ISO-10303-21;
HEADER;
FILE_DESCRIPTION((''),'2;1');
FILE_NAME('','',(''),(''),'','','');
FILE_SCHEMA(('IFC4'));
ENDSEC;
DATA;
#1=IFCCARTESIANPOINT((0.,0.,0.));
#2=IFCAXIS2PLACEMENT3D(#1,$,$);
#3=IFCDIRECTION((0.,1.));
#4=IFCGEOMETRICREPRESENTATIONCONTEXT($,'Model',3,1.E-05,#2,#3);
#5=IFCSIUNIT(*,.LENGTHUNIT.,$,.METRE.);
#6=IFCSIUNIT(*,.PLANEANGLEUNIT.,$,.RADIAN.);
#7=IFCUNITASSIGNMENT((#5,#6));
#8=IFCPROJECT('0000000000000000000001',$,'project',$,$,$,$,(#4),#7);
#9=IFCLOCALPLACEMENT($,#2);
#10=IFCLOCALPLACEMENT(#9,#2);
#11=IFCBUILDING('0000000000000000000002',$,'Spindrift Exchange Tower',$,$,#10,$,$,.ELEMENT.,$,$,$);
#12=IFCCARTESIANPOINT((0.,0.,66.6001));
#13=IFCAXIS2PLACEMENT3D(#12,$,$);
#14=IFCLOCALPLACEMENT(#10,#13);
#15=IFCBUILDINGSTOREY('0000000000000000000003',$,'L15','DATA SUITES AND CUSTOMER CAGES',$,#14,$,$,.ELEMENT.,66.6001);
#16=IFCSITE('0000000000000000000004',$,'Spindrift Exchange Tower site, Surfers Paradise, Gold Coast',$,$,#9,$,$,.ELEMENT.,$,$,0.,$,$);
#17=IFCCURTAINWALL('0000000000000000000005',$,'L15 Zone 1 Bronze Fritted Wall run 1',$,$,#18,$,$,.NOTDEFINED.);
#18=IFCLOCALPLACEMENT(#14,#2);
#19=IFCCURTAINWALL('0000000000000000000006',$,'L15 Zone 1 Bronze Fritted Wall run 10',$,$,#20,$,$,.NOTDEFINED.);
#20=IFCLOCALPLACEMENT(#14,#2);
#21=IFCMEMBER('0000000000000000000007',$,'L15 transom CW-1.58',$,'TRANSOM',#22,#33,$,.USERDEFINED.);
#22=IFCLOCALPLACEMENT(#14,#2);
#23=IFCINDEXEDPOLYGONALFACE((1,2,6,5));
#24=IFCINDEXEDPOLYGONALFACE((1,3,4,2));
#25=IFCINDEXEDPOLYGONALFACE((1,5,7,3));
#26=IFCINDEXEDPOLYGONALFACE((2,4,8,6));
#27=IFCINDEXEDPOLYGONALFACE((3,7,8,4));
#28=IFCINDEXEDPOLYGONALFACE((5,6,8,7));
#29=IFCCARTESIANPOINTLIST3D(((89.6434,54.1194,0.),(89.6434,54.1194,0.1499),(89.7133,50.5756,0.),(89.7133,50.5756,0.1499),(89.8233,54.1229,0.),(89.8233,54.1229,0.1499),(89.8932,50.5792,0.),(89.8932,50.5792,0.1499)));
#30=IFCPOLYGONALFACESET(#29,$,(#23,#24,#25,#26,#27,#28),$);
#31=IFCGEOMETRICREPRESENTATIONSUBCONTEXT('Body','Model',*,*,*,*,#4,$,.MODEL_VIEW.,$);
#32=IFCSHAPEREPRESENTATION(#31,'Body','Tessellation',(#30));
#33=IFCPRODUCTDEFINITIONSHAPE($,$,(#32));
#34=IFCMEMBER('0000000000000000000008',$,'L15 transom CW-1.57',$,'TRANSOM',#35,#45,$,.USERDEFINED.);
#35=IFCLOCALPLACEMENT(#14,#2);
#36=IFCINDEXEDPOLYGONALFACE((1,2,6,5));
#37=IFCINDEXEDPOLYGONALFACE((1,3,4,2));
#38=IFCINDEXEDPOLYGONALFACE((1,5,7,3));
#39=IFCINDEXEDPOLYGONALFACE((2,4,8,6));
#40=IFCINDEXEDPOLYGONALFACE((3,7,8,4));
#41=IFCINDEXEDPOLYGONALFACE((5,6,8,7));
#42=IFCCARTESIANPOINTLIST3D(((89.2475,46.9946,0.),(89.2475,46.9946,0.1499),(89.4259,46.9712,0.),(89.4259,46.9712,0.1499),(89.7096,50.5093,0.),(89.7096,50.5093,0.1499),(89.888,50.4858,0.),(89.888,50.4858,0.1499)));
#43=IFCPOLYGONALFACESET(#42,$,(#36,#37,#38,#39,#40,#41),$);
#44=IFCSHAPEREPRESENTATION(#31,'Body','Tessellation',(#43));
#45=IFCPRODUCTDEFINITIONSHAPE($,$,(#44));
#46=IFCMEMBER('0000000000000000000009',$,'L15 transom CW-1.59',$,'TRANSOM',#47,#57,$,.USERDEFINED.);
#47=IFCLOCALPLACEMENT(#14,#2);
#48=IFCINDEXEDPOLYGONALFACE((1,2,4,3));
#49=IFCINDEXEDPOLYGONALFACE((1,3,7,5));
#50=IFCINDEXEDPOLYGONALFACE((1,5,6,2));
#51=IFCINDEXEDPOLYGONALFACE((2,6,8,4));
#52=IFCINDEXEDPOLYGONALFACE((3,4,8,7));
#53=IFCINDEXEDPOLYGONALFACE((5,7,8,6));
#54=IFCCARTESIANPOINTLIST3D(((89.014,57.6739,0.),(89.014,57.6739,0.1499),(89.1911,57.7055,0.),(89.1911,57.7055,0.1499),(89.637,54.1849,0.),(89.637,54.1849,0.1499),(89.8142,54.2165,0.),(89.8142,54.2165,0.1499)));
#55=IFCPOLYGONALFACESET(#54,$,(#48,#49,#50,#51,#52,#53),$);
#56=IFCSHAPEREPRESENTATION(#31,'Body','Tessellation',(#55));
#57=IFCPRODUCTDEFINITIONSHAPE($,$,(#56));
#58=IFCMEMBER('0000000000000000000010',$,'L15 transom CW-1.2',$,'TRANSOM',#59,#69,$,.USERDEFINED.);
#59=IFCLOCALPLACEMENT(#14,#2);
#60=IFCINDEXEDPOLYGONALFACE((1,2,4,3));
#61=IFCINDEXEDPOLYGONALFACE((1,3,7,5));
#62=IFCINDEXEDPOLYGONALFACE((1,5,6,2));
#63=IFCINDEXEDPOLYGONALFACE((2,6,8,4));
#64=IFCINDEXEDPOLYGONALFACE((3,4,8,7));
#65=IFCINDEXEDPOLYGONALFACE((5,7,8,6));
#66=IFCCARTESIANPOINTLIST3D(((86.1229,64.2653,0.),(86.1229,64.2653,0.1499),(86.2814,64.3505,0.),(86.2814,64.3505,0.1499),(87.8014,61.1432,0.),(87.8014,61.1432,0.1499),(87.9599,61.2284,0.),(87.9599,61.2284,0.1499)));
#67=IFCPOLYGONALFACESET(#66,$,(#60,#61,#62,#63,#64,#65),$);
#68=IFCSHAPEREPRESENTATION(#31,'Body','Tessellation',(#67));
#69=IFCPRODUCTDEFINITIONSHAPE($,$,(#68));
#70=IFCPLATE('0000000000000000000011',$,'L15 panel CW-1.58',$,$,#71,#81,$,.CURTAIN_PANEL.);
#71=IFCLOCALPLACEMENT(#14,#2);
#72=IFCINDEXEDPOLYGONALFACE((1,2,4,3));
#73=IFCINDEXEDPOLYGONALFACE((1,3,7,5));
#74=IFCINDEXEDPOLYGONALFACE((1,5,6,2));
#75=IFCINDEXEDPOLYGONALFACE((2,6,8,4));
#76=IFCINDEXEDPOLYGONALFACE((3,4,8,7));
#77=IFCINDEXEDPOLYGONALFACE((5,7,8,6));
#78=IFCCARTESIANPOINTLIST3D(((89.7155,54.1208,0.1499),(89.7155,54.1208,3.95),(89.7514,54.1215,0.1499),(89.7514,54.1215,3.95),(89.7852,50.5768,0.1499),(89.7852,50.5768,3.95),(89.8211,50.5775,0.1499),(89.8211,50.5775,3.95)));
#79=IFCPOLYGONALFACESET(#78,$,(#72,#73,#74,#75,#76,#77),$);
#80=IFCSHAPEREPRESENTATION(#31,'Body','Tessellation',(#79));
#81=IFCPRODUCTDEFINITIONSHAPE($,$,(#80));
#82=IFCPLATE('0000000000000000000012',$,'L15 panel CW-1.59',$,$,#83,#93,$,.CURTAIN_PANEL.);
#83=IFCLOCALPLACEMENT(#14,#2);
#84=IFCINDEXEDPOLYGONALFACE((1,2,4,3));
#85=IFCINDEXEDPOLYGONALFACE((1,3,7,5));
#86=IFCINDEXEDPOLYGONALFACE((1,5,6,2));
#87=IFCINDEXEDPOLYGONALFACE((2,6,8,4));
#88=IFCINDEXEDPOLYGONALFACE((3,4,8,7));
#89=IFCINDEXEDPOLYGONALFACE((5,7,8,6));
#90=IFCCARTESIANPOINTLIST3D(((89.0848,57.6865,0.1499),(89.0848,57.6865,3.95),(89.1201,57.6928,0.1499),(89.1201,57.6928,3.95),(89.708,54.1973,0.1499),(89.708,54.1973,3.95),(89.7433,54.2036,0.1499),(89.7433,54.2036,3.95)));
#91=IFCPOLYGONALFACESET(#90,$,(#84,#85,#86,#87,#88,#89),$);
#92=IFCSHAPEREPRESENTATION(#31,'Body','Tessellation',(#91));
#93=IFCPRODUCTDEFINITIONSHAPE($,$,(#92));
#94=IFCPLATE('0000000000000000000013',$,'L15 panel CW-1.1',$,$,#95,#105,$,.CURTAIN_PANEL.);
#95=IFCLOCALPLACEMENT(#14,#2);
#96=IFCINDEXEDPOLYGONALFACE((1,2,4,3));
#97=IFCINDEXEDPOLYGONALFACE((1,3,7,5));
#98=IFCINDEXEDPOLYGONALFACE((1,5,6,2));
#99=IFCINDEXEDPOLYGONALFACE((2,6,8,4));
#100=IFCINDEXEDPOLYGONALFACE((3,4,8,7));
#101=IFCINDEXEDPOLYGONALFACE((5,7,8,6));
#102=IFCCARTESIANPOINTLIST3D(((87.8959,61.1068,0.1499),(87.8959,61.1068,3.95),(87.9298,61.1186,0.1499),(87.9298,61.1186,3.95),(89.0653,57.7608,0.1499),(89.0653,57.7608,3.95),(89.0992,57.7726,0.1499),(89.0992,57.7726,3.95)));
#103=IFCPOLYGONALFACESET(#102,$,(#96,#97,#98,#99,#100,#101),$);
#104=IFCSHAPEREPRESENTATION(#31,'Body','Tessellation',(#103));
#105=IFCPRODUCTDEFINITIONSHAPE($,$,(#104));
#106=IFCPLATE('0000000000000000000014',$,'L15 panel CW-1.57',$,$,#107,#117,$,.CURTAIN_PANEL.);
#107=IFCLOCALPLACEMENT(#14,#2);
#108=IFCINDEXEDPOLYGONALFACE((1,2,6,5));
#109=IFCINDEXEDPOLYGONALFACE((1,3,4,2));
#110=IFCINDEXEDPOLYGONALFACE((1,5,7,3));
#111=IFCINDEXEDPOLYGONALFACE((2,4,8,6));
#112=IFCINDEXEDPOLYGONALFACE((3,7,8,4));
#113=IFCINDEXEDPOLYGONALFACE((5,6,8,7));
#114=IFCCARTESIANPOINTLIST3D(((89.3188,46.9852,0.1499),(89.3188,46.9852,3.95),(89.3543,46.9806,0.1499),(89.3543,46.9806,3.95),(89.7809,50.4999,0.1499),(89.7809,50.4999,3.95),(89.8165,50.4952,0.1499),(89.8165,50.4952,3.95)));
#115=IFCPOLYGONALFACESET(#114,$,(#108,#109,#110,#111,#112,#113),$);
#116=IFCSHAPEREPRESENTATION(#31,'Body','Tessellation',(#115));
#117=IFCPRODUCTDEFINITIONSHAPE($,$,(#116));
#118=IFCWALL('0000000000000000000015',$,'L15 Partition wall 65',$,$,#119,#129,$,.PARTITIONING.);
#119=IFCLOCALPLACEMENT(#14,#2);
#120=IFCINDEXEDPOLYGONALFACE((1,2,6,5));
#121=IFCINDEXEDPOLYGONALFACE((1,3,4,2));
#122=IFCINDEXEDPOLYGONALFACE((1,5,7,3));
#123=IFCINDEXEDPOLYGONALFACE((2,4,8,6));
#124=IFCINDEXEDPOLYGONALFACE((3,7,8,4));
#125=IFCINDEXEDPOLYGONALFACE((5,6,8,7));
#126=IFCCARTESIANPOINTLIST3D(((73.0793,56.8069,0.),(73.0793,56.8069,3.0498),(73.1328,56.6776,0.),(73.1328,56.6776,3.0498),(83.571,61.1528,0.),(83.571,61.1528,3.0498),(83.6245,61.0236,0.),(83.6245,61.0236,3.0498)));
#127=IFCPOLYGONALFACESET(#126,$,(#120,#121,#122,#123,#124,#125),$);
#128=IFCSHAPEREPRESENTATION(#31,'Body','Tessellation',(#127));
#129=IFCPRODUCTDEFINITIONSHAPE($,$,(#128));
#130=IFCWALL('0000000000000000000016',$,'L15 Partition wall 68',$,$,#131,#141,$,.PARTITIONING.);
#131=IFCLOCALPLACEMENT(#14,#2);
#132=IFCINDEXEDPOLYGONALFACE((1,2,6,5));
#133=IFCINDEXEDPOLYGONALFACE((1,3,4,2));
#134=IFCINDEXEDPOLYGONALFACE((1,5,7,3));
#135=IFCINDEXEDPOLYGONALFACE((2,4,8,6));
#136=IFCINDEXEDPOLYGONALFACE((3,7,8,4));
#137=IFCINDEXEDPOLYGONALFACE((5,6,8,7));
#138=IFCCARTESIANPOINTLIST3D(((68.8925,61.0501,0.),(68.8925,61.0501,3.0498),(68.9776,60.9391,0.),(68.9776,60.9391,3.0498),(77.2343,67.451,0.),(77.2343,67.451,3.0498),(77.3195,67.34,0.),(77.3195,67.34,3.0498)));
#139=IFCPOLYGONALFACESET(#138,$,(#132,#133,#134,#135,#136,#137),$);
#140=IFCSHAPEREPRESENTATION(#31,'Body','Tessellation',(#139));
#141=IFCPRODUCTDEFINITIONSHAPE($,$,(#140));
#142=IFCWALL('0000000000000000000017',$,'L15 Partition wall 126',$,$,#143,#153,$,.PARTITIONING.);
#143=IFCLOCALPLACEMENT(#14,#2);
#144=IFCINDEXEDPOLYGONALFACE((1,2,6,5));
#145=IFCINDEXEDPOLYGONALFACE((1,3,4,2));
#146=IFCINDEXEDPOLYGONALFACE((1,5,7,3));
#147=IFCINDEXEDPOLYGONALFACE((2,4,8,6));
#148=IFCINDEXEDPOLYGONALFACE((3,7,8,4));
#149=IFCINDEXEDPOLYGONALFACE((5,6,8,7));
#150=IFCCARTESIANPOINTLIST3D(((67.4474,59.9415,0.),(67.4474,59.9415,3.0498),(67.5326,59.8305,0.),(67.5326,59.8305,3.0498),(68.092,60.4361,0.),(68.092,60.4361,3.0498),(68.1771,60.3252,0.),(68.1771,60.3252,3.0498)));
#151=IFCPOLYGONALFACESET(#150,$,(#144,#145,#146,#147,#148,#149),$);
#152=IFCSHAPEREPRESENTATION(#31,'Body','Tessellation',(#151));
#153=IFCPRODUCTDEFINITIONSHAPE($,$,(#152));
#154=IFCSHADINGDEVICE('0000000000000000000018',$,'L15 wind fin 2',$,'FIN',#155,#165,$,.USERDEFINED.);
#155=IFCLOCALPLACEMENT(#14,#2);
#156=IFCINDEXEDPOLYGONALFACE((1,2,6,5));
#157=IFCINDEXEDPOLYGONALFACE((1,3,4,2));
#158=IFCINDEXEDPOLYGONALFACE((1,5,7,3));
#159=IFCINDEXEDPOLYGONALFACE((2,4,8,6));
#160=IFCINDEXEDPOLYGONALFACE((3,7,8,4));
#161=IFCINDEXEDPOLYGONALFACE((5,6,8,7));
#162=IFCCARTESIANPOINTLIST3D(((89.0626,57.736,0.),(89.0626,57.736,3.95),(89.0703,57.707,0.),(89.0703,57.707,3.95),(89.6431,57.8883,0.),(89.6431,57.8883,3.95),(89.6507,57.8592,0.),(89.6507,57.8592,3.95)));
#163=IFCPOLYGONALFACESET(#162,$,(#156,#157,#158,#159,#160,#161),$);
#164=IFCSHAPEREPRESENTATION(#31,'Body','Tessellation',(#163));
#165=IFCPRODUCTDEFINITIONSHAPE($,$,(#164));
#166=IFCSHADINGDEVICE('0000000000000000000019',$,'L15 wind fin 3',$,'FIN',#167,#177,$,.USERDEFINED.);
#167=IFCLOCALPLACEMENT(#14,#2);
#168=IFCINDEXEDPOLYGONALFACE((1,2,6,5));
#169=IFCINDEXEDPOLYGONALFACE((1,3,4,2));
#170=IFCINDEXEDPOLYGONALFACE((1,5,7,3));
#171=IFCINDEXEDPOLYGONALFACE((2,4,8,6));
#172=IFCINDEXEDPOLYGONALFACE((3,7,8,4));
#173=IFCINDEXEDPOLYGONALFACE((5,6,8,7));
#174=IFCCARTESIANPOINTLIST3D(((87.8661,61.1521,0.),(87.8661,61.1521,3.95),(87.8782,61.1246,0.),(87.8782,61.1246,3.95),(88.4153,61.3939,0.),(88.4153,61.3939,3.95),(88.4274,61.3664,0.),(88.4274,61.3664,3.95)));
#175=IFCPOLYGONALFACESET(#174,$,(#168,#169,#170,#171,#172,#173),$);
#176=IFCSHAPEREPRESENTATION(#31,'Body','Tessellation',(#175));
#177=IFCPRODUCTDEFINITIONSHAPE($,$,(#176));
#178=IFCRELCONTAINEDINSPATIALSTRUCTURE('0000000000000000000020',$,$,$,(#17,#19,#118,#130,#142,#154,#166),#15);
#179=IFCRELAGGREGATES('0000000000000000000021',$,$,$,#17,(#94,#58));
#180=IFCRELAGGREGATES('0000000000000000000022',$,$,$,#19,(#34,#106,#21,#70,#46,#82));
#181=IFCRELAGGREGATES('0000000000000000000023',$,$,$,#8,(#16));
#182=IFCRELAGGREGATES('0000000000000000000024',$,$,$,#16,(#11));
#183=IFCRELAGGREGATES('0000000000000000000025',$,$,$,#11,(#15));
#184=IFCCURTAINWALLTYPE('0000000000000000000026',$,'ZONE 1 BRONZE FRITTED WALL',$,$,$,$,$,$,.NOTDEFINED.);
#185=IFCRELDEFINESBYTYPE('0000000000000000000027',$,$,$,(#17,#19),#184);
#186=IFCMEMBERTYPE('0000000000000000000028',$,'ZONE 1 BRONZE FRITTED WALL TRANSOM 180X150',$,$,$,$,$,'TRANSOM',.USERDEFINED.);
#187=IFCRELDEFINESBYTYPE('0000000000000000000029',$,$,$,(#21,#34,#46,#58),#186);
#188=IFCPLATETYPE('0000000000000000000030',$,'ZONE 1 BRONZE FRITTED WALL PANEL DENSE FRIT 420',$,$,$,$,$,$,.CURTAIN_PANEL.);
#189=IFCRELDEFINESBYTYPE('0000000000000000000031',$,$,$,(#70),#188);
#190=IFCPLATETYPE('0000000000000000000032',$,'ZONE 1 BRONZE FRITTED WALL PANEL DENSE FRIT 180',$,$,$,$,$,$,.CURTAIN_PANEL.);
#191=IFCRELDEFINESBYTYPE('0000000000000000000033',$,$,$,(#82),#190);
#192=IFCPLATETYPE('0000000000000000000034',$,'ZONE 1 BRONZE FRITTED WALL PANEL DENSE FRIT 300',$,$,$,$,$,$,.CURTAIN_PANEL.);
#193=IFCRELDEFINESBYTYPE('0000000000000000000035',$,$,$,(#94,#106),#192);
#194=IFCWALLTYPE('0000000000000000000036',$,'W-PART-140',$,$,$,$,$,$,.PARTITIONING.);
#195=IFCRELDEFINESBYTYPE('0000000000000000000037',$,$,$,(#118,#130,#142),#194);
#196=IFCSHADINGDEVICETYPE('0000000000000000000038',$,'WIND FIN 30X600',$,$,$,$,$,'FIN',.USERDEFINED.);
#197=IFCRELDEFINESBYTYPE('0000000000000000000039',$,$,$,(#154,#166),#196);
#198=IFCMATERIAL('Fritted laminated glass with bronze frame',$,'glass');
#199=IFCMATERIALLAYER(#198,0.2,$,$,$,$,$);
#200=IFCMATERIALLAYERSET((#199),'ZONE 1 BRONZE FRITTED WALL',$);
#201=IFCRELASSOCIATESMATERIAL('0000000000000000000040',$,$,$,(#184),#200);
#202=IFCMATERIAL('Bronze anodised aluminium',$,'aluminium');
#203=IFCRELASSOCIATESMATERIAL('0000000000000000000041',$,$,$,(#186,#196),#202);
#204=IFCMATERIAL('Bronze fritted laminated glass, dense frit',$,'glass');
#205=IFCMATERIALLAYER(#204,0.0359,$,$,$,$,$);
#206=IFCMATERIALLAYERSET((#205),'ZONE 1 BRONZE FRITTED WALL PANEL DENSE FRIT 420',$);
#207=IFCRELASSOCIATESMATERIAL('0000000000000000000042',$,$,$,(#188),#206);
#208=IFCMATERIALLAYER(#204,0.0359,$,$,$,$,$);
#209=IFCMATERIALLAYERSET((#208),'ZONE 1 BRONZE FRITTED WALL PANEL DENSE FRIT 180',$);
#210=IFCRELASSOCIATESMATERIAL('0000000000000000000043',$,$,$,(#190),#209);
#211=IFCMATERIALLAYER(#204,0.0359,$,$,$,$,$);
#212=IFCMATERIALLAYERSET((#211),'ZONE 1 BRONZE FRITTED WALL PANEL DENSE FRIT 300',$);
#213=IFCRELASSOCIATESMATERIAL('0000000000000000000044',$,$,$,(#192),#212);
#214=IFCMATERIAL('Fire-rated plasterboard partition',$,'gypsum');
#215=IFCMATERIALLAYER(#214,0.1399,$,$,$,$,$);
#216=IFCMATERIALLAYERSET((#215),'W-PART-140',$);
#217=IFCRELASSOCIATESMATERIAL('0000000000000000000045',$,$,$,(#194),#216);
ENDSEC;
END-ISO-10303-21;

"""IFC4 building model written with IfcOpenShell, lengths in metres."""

from ifc_helpers import new_model, si_unit, direction, frame, frame_2d, origin, origin_2d, place, context, subcontext, project, spatial, rectangle, extrude, source, transform, mapped, material, layer, layer_set, material_profile, profile_set, type_object, element, aggregate, save


model = new_model("IFC4")

# Units and contexts
model_context = context("Model", 3, precision=1e-05, world=origin(), true_north=direction((0.0, 1.0)))
body_context = subcontext(model_context, "Body", "Model", "MODEL_VIEW")
ifc_project = project(units=[si_unit("LENGTHUNIT", "METRE"), si_unit("PLANEANGLEUNIT", "RADIAN")], contexts=[model_context])

# Site, building, storey
site_placement = place(None, origin())
site = spatial("IfcSite", under=ifc_project, at=site_placement, Name="Spindrift Exchange Tower site, Surfers Paradise, Gold Coast", CompositionType="ELEMENT", RefElevation=0.0)
building_placement = place(site_placement, origin())
building = spatial("IfcBuilding", under=site, at=building_placement, Name="Spindrift Exchange Tower", CompositionType="ELEMENT")
storey_placement = place(building_placement, frame((0.0, 0.0, 66.6001)))
storey = spatial("IfcBuildingStorey", under=building, at=storey_placement, Name="L15", Description="DATA SUITES AND CUSTOMER CAGES", CompositionType="ELEMENT", Elevation=66.6001)

# Curtain walls
ifc_material_1 = material(Name="Fritted laminated glass with bronze frame", Category="glass")
ifc_layer_1 = layer(ifc_material_1, 0.2)
ifc_layer_set_1 = layer_set([ifc_layer_1], Name="ZONE 1 BRONZE FRITTED WALL")
curtain_wall_type = type_object("IfcCurtainWallType", Name="ZONE 1 BRONZE FRITTED WALL", PredefinedType="NOTDEFINED", material=ifc_layer_set_1)
curtain_wall_1_placement = place(storey_placement, origin())
curtain_wall_1 = element("IfcCurtainWall", 1, at=curtain_wall_1_placement, inside=storey, type_object=curtain_wall_type, Name="L15 Zone 1 Bronze Fritted Wall run 1", PredefinedType="NOTDEFINED")
ifc_material_2 = material(Name="Bronze anodised aluminium", Category="aluminium")
curtain_wall_2_placement = place(storey_placement, origin())
curtain_wall_2 = element("IfcCurtainWall", 2, at=curtain_wall_2_placement, inside=storey, type_object=curtain_wall_type, Name="L15 Zone 1 Bronze Fritted Wall run 10", PredefinedType="NOTDEFINED")

# Members
ifc_material_profile_1 = material_profile(ifc_material_2, rectangle(XDim=0.1799, YDim=0.1499, at=origin_2d()), Name="ZONE 1 BRONZE FRITTED WALL TRANSOM 180X150")
ifc_profile_set_1 = profile_set([ifc_material_profile_1], Name="Bronze anodised aluminium")
member_type_1 = type_object("IfcMemberType", Name="ZONE 1 BRONZE FRITTED WALL TRANSOM 180X150", ElementType="TRANSOM", PredefinedType="USERDEFINED", material=ifc_profile_set_1)
shared_shape_1 = source(origin(), body_context, "Body", "SweptSolid", [
    extrude(rectangle(XDim=0.1799, YDim=0.1499, at=origin_2d()), origin(), (0.0, 0.0, 1.0), 3.5444),
])
member_1_placement = place(storey_placement, frame((89.8032, 50.5774, 0.075), z_axis=(-0.0197, 0.999806, 0.0), x_axis=(-0.999806, -0.0197, 0.0)))
member_1 = element("IfcMember", 3, at=member_1_placement, type_object=member_type_1, Name="L15 transom CW-1.58", ObjectType="TRANSOM", PredefinedType="USERDEFINED", context=body_context, shape_type="MappedRepresentation", body=[
    mapped(shared_shape_1, transform((0.0, 0.0, 0.0), scale=1.0)),
])
shared_shape_2 = source(origin(), body_context, "Body", "SweptSolid", [
    extrude(rectangle(XDim=0.1799, YDim=0.1499, at=origin_2d()), origin(), (0.0, 0.0, 1.0), 3.5449),
])
member_2_placement = place(storey_placement, frame((89.3367, 46.9829, 0.075), z_axis=(0.130373, 0.991465, 0.0), x_axis=(-0.991465, 0.130373, 0.0)))
member_2 = element("IfcMember", 4, at=member_2_placement, type_object=member_type_1, Name="L15 transom CW-1.57", ObjectType="TRANSOM", PredefinedType="USERDEFINED", context=body_context, shape_type="MappedRepresentation", body=[
    mapped(shared_shape_2, transform((0.0, 0.0, 0.0), scale=1.0)),
])
shared_shape_3 = source(origin(), body_context, "Body", "SweptSolid", [
    extrude(rectangle(XDim=0.1799, YDim=0.1499, at=origin_2d()), origin(), (0.0, 0.0, 1.0), 3.5442),
])
member_3_placement = place(storey_placement, frame((89.7256, 54.2007, 0.075), z_axis=(-0.175793, 0.984427, 0.0), x_axis=(-0.984427, -0.175793, 0.0)))
member_3 = element("IfcMember", 5, at=member_3_placement, type_object=member_type_1, Name="L15 transom CW-1.59", ObjectType="TRANSOM", PredefinedType="USERDEFINED", context=body_context, shape_type="MappedRepresentation", body=[
    mapped(shared_shape_3, transform((0.0, 0.0, 0.0), scale=1.0)),
])
shared_shape_4 = source(origin(), body_context, "Body", "SweptSolid", [
    extrude(rectangle(XDim=0.1799, YDim=0.1499, at=origin_2d()), origin(), (0.0, 0.0, 1.0), 3.5447),
])
member_4_placement = place(storey_placement, frame((87.8806, 61.1858, 0.075), z_axis=(-0.473521, 0.880783, 0.0), x_axis=(-0.880783, -0.473521, 0.0)))
member_4 = element("IfcMember", 6, at=member_4_placement, type_object=member_type_1, Name="L15 transom CW-1.2", ObjectType="TRANSOM", PredefinedType="USERDEFINED", context=body_context, shape_type="MappedRepresentation", body=[
    mapped(shared_shape_4, transform((0.0, 0.0, 0.0), scale=1.0)),
])

# Plates
ifc_material_3 = material(Name="Bronze fritted laminated glass, dense frit", Category="glass")
ifc_layer_2 = layer(ifc_material_3, 0.0359)
ifc_layer_set_2 = layer_set([ifc_layer_2], Name="ZONE 1 BRONZE FRITTED WALL PANEL DENSE FRIT 420")
plate_type_1 = type_object("IfcPlateType", Name="ZONE 1 BRONZE FRITTED WALL PANEL DENSE FRIT 420", PredefinedType="CURTAIN_PANEL", material=ifc_layer_set_2)
shared_shape_5 = source(origin(), body_context, "Body", "SweptSolid", [
    extrude(rectangle(XDim=3.5447, YDim=0.0359, at=origin_2d()), origin(), (0.0, 0.0, 1.0), 3.8),
])
plate_1_placement = place(storey_placement, frame((89.7683, 52.3491, 0.1499), z_axis=(0.0, 0.0, 1.0), x_axis=(-0.01967, 0.999807, 0.0)))
plate_1 = element("IfcPlate", 7, at=plate_1_placement, type_object=plate_type_1, Name="L15 panel CW-1.58", PredefinedType="CURTAIN_PANEL", context=body_context, shape_type="MappedRepresentation", body=[
    mapped(shared_shape_5, transform((0.0, 0.0, 0.0), scale=1.0)),
])
ifc_layer_3 = layer(ifc_material_3, 0.0359)
ifc_layer_set_3 = layer_set([ifc_layer_3], Name="ZONE 1 BRONZE FRITTED WALL PANEL DENSE FRIT 180")
plate_type_2 = type_object("IfcPlateType", Name="ZONE 1 BRONZE FRITTED WALL PANEL DENSE FRIT 180", PredefinedType="CURTAIN_PANEL", material=ifc_layer_set_3)
shared_shape_6 = source(origin(), body_context, "Body", "SweptSolid", [
    extrude(rectangle(XDim=3.5444, YDim=0.0359, at=origin_2d()), origin(), (0.0, 0.0, 1.0), 3.8),
])
plate_2_placement = place(storey_placement, frame((89.4141, 55.9451, 0.1499), z_axis=(0.0, 0.0, 1.0), x_axis=(-0.175838, 0.984419, 0.0)))
plate_2 = element("IfcPlate", 8, at=plate_2_placement, type_object=plate_type_2, Name="L15 panel CW-1.59", PredefinedType="CURTAIN_PANEL", context=body_context, shape_type="MappedRepresentation", body=[
    mapped(shared_shape_6, transform((0.0, 0.0, 0.0), scale=1.0)),
])
ifc_layer_4 = layer(ifc_material_3, 0.0359)
ifc_layer_set_4 = layer_set([ifc_layer_4], Name="ZONE 1 BRONZE FRITTED WALL PANEL DENSE FRIT 300")
plate_type_3 = type_object("IfcPlateType", Name="ZONE 1 BRONZE FRITTED WALL PANEL DENSE FRIT 300", PredefinedType="CURTAIN_PANEL", material=ifc_layer_set_4)
shared_shape_7 = source(origin(), body_context, "Body", "SweptSolid", [
    extrude(rectangle(XDim=3.5444, YDim=0.0359, at=origin_2d()), origin(), (0.0, 0.0, 1.0), 3.8),
])
plate_3_placement = place(storey_placement, frame((88.4976, 59.4397, 0.1499), z_axis=(0.0, 0.0, 1.0), x_axis=(-0.329935, 0.944004, 0.0)))
plate_3 = element("IfcPlate", 9, at=plate_3_placement, type_object=plate_type_3, Name="L15 panel CW-1.1", PredefinedType="CURTAIN_PANEL", context=body_context, shape_type="MappedRepresentation", body=[
    mapped(shared_shape_7, transform((0.0, 0.0, 0.0), scale=1.0)),
])
aggregate(curtain_wall_1, [plate_3, member_4])
shared_shape_8 = source(origin(), body_context, "Body", "SweptSolid", [
    extrude(rectangle(XDim=3.5449, YDim=0.0359, at=origin_2d()), origin(), (0.0, 0.0, 1.0), 3.8),
])
plate_4_placement = place(storey_placement, frame((89.5676, 48.7402, 0.1499), z_axis=(0.0, 0.0, 1.0), x_axis=(0.13037, 0.991465, 0.0)))
plate_4 = element("IfcPlate", 10, at=plate_4_placement, type_object=plate_type_3, Name="L15 panel CW-1.57", PredefinedType="CURTAIN_PANEL", context=body_context, shape_type="MappedRepresentation", body=[
    mapped(shared_shape_8, transform((0.0, 0.0, 0.0), scale=1.0)),
])
aggregate(curtain_wall_2, [member_2, plate_4, member_1, plate_1, member_3, plate_2])

# Walls
ifc_material_4 = material(Name="Fire-rated plasterboard partition", Category="gypsum")
ifc_layer_5 = layer(ifc_material_4, 0.1399)
ifc_layer_set_5 = layer_set([ifc_layer_5], Name="W-PART-140")
wall_type = type_object("IfcWallType", Name="W-PART-140", PredefinedType="PARTITIONING", material=ifc_layer_set_5)
wall_1_placement = place(storey_placement, frame((73.106, 56.7422, 0.0), z_axis=(0.0, 0.0, 1.0), x_axis=(0.923875, 0.382694, 0.0)))
element("IfcWall", 11, at=wall_1_placement, inside=storey, type_object=wall_type, Name="L15 Partition wall 65", PredefinedType="PARTITIONING", context=body_context, shape_type="SweptSolid", body=[
    extrude(rectangle(XDim=11.3562, YDim=0.1399, at=frame_2d((5.6782, 0.0))), origin(), (0.0, 0.0, 1.0), 3.0498),
])
wall_2_placement = place(storey_placement, frame((68.9351, 60.9946, 0.0), z_axis=(0.0, 0.0, 1.0), x_axis=(0.793354, 0.608761, 0.0)))
element("IfcWall", 12, at=wall_2_placement, inside=storey, type_object=wall_type, Name="L15 Partition wall 68", PredefinedType="PARTITIONING", context=body_context, shape_type="SweptSolid", body=[
    extrude(rectangle(XDim=10.5146, YDim=0.1399, at=frame_2d((5.2573, 0.0))), origin(), (0.0, 0.0, 1.0), 3.0498),
])
wall_3_placement = place(storey_placement, frame((67.49, 59.886, 0.0), z_axis=(0.0, 0.0, 1.0), x_axis=(0.793316, 0.60881, 0.0)))
element("IfcWall", 13, at=wall_3_placement, inside=storey, type_object=wall_type, Name="L15 Partition wall 126", PredefinedType="PARTITIONING", context=body_context, shape_type="SweptSolid", body=[
    extrude(rectangle(XDim=0.8125, YDim=0.1399, at=frame_2d((0.4062, 0.0))), origin(), (0.0, 0.0, 1.0), 3.0498),
])

# Shading devices
ifc_material_profile_2 = material_profile(ifc_material_2, rectangle(XDim=0.03, YDim=0.6001, at=origin_2d()), Name="WIND FIN 30X600")
ifc_profile_set_2 = profile_set([ifc_material_profile_2], Name="Bronze anodised aluminium")
shading_device_type = type_object("IfcShadingDeviceType", Name="WIND FIN 30X600", ElementType="FIN", PredefinedType="USERDEFINED", material=ifc_profile_set_2)
shared_shape_9 = source(origin(), body_context, "Body", "SweptSolid", [
    extrude(rectangle(XDim=0.03, YDim=0.6001, at=origin_2d()), origin(), (0.0, 0.0, 1.0), 3.95),
])
for number, where, z_axis, x_axis, name in (
    (14, (89.3567, 57.7976, 0.0), (0.0, 0.0, 1.0), (-0.253692, 0.967285, 0.0), "L15 wind fin 2"),
    (15, (88.1467, 61.2593, 0.0), (0.0, 0.0, 1.0), (-0.402977, 0.91521, 0.0), "L15 wind fin 3"),
):
    element("IfcShadingDevice", number, at=place(storey_placement, frame(where, z_axis=z_axis, x_axis=x_axis)), inside=storey, type_object=shading_device_type, Name=name, ObjectType="FIN", PredefinedType="USERDEFINED", context=body_context, shape_type="MappedRepresentation", body=[
        mapped(shared_shape_9, transform((0.0, 0.0, 0.0), scale=1.0)),
    ])

save(model, "model.ifc")
